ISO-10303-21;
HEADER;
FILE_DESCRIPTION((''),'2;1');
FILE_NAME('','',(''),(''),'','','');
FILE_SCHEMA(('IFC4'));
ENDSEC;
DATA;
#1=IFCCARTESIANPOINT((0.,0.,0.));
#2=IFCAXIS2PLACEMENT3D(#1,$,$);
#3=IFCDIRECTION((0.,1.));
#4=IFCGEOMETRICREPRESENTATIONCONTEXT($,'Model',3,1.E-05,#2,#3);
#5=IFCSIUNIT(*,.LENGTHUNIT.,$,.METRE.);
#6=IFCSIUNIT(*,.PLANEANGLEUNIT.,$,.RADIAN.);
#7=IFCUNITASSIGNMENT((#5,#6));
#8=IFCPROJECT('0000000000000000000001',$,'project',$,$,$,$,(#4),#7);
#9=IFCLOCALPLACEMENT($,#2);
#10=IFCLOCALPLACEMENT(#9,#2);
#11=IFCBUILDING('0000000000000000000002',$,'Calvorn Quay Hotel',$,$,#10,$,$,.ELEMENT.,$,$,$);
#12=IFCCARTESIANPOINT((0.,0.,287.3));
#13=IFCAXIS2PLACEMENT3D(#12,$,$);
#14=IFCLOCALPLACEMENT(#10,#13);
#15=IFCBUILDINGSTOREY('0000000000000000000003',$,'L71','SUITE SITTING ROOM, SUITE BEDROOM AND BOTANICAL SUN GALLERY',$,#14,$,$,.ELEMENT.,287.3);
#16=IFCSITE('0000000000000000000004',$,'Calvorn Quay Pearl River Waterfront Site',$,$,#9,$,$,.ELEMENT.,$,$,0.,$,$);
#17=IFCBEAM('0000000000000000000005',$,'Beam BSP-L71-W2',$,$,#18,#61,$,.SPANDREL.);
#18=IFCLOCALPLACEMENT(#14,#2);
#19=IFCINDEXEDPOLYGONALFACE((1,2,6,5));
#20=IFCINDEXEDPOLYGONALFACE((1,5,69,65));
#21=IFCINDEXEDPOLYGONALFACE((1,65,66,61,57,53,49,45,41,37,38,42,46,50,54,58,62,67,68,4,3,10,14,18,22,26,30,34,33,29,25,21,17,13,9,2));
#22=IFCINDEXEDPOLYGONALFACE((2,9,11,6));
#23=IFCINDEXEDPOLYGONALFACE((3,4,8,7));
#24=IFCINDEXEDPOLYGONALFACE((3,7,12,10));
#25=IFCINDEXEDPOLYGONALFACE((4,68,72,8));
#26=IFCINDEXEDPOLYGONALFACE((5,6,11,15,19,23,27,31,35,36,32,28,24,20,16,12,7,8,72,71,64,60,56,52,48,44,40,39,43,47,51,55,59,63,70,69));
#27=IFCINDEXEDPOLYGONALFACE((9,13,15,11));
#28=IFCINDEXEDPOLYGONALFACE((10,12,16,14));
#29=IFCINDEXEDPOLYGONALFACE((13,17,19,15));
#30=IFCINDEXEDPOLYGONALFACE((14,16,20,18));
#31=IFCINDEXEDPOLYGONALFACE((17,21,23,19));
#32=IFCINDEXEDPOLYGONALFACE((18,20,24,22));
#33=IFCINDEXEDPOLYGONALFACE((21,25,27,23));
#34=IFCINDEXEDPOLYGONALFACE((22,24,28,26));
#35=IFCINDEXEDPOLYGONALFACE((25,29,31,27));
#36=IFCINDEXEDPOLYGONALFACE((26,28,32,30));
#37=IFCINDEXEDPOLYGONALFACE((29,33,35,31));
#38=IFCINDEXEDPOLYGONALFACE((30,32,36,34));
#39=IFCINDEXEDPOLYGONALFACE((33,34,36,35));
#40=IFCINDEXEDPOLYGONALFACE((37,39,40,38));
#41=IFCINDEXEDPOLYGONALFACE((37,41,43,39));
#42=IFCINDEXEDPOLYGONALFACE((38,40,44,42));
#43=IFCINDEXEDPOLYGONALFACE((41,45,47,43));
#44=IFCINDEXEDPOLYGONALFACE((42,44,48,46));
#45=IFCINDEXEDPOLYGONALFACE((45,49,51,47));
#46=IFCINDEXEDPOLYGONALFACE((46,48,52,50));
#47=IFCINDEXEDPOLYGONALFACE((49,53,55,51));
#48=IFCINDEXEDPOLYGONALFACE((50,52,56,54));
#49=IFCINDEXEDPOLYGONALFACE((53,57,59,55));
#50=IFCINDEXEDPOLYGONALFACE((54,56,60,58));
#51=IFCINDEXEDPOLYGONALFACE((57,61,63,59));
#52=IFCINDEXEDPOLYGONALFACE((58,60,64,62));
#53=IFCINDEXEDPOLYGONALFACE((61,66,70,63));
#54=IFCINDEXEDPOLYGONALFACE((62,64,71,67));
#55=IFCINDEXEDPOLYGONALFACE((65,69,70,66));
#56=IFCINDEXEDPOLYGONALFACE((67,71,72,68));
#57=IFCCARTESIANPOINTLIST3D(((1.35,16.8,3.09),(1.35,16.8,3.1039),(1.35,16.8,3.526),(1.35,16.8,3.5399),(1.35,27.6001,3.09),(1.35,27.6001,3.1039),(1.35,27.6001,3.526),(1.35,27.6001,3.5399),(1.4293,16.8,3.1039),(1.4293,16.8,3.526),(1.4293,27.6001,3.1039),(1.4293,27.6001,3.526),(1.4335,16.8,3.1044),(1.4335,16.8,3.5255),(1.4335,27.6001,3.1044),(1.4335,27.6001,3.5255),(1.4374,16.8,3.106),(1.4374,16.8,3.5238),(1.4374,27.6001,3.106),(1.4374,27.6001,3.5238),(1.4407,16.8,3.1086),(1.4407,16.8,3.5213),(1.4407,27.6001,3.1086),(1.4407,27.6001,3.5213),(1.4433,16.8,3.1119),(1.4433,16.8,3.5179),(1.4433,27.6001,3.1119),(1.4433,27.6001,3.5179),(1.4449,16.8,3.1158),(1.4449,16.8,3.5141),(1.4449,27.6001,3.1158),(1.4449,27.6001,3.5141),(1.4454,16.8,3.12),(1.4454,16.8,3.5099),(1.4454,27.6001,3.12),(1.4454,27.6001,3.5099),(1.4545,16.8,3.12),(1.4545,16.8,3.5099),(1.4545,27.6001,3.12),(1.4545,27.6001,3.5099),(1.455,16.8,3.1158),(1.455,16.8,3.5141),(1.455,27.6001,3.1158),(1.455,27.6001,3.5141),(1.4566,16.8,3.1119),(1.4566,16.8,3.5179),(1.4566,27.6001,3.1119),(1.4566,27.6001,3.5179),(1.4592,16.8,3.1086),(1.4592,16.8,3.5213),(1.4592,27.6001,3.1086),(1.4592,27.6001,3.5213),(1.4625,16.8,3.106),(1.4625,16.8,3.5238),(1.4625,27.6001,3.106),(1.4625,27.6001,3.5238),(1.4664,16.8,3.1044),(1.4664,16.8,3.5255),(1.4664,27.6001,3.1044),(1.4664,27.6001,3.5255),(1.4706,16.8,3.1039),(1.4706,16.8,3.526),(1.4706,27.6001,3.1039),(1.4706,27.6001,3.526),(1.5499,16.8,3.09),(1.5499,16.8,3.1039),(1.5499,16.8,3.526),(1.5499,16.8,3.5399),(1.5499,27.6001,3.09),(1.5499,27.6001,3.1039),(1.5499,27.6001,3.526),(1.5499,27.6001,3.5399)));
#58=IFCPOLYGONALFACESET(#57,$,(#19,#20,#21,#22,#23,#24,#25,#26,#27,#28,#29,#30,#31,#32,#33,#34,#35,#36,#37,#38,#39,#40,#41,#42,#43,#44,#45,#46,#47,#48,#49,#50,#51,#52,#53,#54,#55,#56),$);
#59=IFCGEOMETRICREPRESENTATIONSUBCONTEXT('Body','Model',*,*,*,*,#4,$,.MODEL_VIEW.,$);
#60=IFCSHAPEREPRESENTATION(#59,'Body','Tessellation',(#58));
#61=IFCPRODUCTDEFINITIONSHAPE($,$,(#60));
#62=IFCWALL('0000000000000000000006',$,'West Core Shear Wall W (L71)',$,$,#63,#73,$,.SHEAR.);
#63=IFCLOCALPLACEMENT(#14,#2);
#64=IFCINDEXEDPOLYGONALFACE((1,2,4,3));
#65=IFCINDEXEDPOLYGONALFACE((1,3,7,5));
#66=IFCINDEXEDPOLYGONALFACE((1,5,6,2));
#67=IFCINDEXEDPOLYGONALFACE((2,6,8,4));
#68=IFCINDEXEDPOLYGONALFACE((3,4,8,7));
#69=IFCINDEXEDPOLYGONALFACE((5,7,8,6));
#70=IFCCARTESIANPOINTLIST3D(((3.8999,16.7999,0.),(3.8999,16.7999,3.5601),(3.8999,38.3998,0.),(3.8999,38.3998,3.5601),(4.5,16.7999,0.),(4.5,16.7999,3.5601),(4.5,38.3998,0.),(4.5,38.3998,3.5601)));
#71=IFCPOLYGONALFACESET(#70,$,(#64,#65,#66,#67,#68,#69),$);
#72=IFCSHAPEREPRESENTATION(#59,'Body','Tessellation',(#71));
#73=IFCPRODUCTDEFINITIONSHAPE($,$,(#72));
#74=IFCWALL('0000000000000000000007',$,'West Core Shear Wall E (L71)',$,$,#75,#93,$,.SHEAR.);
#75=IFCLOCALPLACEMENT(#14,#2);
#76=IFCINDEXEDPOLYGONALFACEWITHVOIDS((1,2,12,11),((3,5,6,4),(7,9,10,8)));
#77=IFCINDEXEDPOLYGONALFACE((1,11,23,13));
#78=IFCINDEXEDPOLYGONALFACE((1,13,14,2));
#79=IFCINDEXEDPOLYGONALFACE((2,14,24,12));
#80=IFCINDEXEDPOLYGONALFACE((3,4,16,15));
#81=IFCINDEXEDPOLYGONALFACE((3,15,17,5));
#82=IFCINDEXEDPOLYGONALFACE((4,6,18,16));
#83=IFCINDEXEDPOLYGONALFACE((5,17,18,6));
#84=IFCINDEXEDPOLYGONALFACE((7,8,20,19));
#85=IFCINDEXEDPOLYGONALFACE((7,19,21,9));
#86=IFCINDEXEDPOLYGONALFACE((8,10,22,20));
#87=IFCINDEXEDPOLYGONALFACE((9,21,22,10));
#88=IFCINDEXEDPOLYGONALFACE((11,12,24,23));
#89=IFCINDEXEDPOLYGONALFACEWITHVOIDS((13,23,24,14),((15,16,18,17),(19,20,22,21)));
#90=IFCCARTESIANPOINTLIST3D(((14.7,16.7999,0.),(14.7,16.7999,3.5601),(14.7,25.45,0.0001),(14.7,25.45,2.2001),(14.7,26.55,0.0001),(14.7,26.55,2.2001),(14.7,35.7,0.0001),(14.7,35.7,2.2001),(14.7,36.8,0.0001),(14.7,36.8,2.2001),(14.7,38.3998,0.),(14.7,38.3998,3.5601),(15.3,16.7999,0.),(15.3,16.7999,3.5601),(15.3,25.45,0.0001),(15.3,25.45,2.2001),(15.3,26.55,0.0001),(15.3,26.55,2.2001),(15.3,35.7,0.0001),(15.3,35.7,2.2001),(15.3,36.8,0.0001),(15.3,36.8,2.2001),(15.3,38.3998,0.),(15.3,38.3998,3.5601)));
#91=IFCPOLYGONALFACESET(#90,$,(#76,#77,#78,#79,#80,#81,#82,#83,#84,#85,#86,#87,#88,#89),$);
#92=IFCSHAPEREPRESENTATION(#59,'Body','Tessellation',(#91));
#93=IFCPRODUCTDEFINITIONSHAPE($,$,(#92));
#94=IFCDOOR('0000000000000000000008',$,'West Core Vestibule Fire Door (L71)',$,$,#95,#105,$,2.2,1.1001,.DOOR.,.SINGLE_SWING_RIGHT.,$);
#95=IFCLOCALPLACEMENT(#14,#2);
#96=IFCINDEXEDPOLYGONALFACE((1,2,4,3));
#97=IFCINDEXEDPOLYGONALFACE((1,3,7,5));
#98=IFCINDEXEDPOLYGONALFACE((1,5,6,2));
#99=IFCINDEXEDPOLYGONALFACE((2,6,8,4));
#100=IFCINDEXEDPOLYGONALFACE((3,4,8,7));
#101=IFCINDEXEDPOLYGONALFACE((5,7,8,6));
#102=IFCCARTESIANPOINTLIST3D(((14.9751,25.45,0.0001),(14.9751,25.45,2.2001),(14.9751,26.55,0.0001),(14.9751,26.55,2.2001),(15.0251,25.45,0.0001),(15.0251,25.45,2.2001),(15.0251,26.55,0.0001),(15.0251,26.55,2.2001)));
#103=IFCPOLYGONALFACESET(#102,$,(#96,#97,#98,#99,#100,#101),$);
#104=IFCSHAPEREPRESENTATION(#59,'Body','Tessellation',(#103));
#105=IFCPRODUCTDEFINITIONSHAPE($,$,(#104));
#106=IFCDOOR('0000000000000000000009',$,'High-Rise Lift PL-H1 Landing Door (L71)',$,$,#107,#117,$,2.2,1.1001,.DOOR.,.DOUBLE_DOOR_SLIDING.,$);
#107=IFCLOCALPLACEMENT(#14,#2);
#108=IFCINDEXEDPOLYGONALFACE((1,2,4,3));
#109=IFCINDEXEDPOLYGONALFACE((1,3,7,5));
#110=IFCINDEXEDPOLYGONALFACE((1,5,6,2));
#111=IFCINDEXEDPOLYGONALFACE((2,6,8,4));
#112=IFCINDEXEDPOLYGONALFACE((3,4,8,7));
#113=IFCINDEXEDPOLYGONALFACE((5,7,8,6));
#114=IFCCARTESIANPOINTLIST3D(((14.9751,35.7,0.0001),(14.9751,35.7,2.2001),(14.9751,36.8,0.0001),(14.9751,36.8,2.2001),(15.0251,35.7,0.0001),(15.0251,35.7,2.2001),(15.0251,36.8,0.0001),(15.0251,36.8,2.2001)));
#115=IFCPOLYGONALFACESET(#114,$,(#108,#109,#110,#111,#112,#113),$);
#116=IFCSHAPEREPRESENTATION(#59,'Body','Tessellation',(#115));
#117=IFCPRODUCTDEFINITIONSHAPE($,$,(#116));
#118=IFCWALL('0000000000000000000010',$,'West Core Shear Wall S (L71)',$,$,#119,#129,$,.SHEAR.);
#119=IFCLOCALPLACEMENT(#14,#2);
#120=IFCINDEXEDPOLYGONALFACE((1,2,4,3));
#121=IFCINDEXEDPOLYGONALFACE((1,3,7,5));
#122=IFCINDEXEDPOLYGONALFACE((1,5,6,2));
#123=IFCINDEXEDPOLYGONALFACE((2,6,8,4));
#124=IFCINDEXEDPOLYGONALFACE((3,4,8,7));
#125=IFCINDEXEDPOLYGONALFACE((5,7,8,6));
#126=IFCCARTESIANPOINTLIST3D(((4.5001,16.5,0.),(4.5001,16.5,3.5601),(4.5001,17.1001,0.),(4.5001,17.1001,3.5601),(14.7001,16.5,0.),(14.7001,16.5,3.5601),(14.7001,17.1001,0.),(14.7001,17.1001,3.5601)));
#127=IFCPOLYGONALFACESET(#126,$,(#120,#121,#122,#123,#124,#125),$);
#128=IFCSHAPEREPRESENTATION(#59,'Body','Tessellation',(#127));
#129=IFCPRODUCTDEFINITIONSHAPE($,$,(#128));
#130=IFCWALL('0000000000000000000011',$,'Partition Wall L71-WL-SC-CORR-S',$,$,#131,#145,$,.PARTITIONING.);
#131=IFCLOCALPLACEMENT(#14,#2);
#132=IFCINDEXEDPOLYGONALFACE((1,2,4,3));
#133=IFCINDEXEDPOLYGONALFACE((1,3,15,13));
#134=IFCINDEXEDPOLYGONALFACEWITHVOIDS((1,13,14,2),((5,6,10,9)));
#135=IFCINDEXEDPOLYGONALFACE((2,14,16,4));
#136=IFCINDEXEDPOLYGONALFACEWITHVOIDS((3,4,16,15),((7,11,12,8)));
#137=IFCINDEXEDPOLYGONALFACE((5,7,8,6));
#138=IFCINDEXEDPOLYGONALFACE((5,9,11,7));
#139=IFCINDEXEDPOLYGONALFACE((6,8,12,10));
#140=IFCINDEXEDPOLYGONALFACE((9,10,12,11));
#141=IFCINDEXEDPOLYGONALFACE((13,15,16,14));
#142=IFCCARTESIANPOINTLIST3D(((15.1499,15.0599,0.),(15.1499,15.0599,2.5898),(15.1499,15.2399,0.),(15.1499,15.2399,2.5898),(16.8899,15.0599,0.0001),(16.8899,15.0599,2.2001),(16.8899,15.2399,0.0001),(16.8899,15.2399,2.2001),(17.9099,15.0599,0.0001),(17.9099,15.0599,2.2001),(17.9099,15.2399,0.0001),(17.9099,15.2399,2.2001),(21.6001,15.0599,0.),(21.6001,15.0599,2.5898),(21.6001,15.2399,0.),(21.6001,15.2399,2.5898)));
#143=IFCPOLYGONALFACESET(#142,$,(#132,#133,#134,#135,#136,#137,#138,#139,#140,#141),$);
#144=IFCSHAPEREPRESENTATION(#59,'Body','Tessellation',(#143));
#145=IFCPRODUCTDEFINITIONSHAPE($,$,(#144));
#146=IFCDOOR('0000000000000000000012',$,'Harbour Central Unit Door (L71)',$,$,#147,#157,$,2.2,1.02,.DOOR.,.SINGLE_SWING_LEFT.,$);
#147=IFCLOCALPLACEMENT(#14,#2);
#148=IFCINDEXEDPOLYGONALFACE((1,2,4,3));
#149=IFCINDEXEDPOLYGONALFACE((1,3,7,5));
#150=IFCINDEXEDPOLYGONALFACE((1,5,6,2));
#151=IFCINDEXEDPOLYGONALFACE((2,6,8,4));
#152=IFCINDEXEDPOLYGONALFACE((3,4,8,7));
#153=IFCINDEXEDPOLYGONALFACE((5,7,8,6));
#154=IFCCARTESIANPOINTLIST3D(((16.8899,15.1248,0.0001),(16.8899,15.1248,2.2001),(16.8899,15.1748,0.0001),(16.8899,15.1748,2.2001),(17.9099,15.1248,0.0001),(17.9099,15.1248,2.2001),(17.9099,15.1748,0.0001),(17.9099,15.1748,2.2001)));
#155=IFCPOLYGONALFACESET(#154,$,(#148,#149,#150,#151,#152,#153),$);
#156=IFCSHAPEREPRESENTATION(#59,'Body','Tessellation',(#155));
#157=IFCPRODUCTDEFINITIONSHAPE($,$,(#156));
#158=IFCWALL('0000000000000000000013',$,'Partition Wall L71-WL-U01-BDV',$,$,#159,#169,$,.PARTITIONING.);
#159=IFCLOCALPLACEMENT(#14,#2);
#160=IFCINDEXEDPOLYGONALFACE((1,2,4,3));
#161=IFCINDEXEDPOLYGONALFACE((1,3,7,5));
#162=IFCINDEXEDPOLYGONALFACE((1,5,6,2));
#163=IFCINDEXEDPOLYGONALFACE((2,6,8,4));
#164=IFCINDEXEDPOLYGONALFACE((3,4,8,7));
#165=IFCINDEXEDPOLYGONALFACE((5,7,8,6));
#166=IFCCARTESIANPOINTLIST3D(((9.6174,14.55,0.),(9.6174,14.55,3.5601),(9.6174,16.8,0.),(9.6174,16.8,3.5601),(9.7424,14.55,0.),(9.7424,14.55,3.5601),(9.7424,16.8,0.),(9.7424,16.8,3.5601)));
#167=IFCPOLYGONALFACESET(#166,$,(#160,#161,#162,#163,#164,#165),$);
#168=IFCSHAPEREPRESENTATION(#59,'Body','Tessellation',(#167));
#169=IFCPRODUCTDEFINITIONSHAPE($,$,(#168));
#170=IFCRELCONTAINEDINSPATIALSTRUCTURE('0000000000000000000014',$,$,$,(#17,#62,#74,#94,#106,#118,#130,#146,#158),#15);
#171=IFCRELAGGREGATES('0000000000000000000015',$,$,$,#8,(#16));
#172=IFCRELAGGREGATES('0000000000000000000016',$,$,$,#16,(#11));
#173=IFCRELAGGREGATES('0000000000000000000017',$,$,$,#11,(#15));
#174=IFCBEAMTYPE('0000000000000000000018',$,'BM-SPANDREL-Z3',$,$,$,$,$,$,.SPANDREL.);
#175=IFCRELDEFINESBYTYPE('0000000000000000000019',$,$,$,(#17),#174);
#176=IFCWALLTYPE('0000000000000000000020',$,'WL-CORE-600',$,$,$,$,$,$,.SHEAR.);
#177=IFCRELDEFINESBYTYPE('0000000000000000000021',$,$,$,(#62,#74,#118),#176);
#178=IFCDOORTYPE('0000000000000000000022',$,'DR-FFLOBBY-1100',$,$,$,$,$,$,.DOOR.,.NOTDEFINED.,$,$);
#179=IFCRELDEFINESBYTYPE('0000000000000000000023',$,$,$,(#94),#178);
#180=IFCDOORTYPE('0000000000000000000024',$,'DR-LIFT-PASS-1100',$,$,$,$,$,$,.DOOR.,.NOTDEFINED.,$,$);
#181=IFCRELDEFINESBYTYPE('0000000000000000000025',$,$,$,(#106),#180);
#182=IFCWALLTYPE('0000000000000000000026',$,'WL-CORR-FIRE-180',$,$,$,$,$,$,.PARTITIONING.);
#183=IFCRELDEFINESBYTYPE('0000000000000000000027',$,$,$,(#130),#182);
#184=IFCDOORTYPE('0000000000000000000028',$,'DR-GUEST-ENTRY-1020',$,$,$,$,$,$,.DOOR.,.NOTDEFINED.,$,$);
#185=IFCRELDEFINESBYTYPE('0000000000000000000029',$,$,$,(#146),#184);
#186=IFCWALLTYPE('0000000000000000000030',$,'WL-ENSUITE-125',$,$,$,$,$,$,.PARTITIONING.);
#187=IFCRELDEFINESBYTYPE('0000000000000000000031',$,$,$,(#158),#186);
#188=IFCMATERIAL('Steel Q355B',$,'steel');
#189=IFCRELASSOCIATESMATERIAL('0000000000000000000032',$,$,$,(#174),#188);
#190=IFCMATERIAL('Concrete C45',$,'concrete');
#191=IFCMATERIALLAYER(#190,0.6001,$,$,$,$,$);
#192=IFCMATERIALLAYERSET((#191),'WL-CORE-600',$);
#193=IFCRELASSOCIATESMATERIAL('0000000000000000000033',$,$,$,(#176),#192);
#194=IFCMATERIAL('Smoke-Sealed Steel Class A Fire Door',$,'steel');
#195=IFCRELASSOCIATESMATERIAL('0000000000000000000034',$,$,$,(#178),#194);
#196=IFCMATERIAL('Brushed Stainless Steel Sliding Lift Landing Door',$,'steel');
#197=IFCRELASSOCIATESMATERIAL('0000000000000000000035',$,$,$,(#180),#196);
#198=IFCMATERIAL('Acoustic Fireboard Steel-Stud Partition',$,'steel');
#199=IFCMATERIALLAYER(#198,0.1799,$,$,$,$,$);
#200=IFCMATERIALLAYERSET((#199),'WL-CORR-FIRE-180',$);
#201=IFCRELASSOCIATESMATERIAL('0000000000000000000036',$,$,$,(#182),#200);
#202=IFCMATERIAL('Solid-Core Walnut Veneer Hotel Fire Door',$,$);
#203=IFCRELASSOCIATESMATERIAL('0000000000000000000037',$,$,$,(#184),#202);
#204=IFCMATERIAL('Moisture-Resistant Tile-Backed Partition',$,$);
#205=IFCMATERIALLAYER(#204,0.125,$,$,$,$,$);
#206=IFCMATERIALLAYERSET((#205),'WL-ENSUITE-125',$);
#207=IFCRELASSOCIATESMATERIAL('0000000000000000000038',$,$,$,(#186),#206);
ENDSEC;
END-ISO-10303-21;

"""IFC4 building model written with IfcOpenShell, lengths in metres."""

from ifc_helpers import new_model, si_unit, direction, frame, frame_2d, origin, origin_2d, place, context, subcontext, project, spatial, rectangle, i_section, extrude, material, layer, layer_set, material_profile, profile_set, type_object, element, fill, save


model = new_model("IFC4")

# Units and contexts
model_context = context("Model", 3, precision=1e-05, world=origin(), true_north=direction((0.0, 1.0)))
body_context = subcontext(model_context, "Body", "Model", "MODEL_VIEW")
ifc_project = project(units=[si_unit("LENGTHUNIT", "METRE"), si_unit("PLANEANGLEUNIT", "RADIAN")], contexts=[model_context])

# Site, building, storey
site_placement = place(None, origin())
site = spatial("IfcSite", under=ifc_project, at=site_placement, Name="Calvorn Quay Pearl River Waterfront Site", CompositionType="ELEMENT", RefElevation=0.0)
building_placement = place(site_placement, origin())
building = spatial("IfcBuilding", under=site, at=building_placement, Name="Calvorn Quay Hotel", CompositionType="ELEMENT")
storey_placement = place(building_placement, frame((0.0, 0.0, 287.3)))
storey = spatial("IfcBuildingStorey", under=building, at=storey_placement, Name="L71", Description="SUITE SITTING ROOM, SUITE BEDROOM AND BOTANICAL SUN GALLERY", CompositionType="ELEMENT", Elevation=287.3)

# Beam
ifc_material_1 = material(Name="Steel Q355B", Category="steel")
ifc_material_profile_1 = material_profile(ifc_material_1, i_section(OverallWidth=0.2, OverallDepth=0.45, WebThickness=0.009, FlangeThickness=0.0139, FilletRadius=0.0161, at=origin_2d()), Name="HN450x200x9x14")
ifc_profile_set_1 = profile_set([ifc_material_profile_1], Name="Steel Q355B")
beam_type_1 = type_object("IfcBeamType", Name="BM-SPANDREL-Z3", PredefinedType="SPANDREL", material=ifc_profile_set_1)
beam_1_placement = place(storey_placement, frame((1.45, 16.8, 3.3149), z_axis=(0.0, 1.0, 0.0), x_axis=(-1.0, 0.0, 0.0)))
element("IfcBeam", 1, at=beam_1_placement, inside=storey, type_object=beam_type_1, Name="Beam BSP-L71-W2", PredefinedType="SPANDREL", context=body_context, shape_type="SweptSolid", body=[
    extrude(i_section(OverallWidth=0.2, OverallDepth=0.45, WebThickness=0.009, FlangeThickness=0.0139, FilletRadius=0.0161, at=origin_2d()), origin(), (0.0, 0.0, 1.0), 10.8),
])

# Wall
ifc_material_2 = material(Name="Concrete C45", Category="concrete")
ifc_layer_1 = layer(ifc_material_2, 0.6001)
ifc_layer_set_1 = layer_set([ifc_layer_1], Name="WL-CORE-600")
wall_type_1 = type_object("IfcWallType", Name="WL-CORE-600", PredefinedType="SHEAR", material=ifc_layer_set_1)
wall_1_placement = place(storey_placement, frame((4.2, 16.8, 0.0), z_axis=(0.0, 0.0, 1.0), x_axis=(0.0, 1.0, 0.0)))
element("IfcWall", 2, at=wall_1_placement, inside=storey, type_object=wall_type_1, Name="West Core Shear Wall W (L71)", PredefinedType="SHEAR", context=body_context, shape_type="SweptSolid", body=[
    extrude(rectangle(XDim=21.5999, YDim=0.6001, at=frame_2d((10.7998, 0.0))), origin(), (0.0, 0.0, 1.0), 3.5601),
])

# Wall, openings, doors
wall_2_placement = place(storey_placement, frame((15.0, 16.8, 0.0), z_axis=(0.0, 0.0, 1.0), x_axis=(0.0, 1.0, 0.0)))
wall_2 = element("IfcWall", 3, at=wall_2_placement, inside=storey, type_object=wall_type_1, Name="West Core Shear Wall E (L71)", PredefinedType="SHEAR", context=body_context, shape_type="SweptSolid", body=[
    extrude(rectangle(XDim=21.5999, YDim=0.6001, at=frame_2d((10.7998, 0.0))), origin(), (0.0, 0.0, 1.0), 3.5601),
])
opening_1_placement = place(wall_2_placement, frame((8.6499, 0.0, 0.0)))
opening_1 = element("IfcOpeningElement", 4, at=opening_1_placement, cuts=wall_2, PredefinedType="OPENING", context=body_context, shape_type="SweptSolid", body=[
    extrude(rectangle(XDim=1.1001, YDim=2.2, at=frame_2d((0.55, 1.1001))), frame((0.0, 0.3101, 0.0), z_axis=(0.0, -1.0, 0.0), x_axis=(1.0, 0.0, 0.0)), (0.0, 0.0, 1.0), 0.6201),
])
opening_2_placement = place(wall_2_placement, frame((18.8999, 0.0, 0.0)))
opening_2 = element("IfcOpeningElement", 5, at=opening_2_placement, cuts=wall_2, PredefinedType="OPENING", context=body_context, shape_type="SweptSolid", body=[
    extrude(rectangle(XDim=1.1001, YDim=2.2, at=frame_2d((0.55, 1.1001))), frame((0.0, 0.3101, 0.0), z_axis=(0.0, -1.0, 0.0), x_axis=(1.0, 0.0, 0.0)), (0.0, 0.0, 1.0), 0.6201),
])
ifc_material_3 = material(Name="Smoke-Sealed Steel Class A Fire Door", Category="steel")
door_type_1 = type_object("IfcDoorType", Name="DR-FFLOBBY-1100", OperationType="NOTDEFINED", PredefinedType="DOOR", material=ifc_material_3)
door_1_placement = place(opening_1_placement, origin())
door_1 = element("IfcDoor", 6, at=door_1_placement, inside=storey, type_object=door_type_1, Name="West Core Vestibule Fire Door (L71)", OperationType="SINGLE_SWING_RIGHT", OverallHeight=2.2, OverallWidth=1.1001, PredefinedType="DOOR", context=body_context, shape_type="SweptSolid", body=[
    extrude(rectangle(XDim=1.1001, YDim=2.2, at=frame_2d((0.55, 1.1001))), frame((0.0, 0.0249, 0.0), z_axis=(0.0, -1.0, 0.0), x_axis=(1.0, 0.0, 0.0)), (0.0, 0.0, 1.0), 0.05),
])
fill(opening_1, door_1)
ifc_material_4 = material(Name="Brushed Stainless Steel Sliding Lift Landing Door", Category="steel")
door_type_2 = type_object("IfcDoorType", Name="DR-LIFT-PASS-1100", OperationType="NOTDEFINED", PredefinedType="DOOR", material=ifc_material_4)
door_2_placement = place(opening_2_placement, origin())
door_2 = element("IfcDoor", 7, at=door_2_placement, inside=storey, type_object=door_type_2, Name="High-Rise Lift PL-H1 Landing Door (L71)", OperationType="DOUBLE_DOOR_SLIDING", OverallHeight=2.2, OverallWidth=1.1001, PredefinedType="DOOR", context=body_context, shape_type="SweptSolid", body=[
    extrude(rectangle(XDim=1.1001, YDim=2.2, at=frame_2d((0.55, 1.1001))), frame((0.0, 0.0249, 0.0), z_axis=(0.0, -1.0, 0.0), x_axis=(1.0, 0.0, 0.0)), (0.0, 0.0, 1.0), 0.05),
])
fill(opening_2, door_2)

# Wall
wall_3_placement = place(storey_placement, frame((4.5, 16.8, 0.0), z_axis=(0.0, 0.0, 1.0), x_axis=(1.0, 0.0, 0.0)))
element("IfcWall", 8, at=wall_3_placement, inside=storey, type_object=wall_type_1, Name="West Core Shear Wall S (L71)", PredefinedType="SHEAR", context=body_context, shape_type="SweptSolid", body=[
    extrude(rectangle(XDim=10.2, YDim=0.6001, at=frame_2d((5.1001, 0.0))), origin(), (0.0, 0.0, 1.0), 3.5601),
])

# Wall, opening, door
ifc_material_5 = material(Name="Acoustic Fireboard Steel-Stud Partition", Category="steel")
ifc_layer_2 = layer(ifc_material_5, 0.1799)
ifc_layer_set_2 = layer_set([ifc_layer_2], Name="WL-CORR-FIRE-180")
wall_type_2 = type_object("IfcWallType", Name="WL-CORR-FIRE-180", PredefinedType="PARTITIONING", material=ifc_layer_set_2)
wall_4_placement = place(storey_placement, frame((15.1499, 15.1499, 0.0), z_axis=(0.0, 0.0, 1.0), x_axis=(1.0, 0.0, 0.0)))
wall_4 = element("IfcWall", 9, at=wall_4_placement, inside=storey, type_object=wall_type_2, Name="Partition Wall L71-WL-SC-CORR-S", PredefinedType="PARTITIONING", context=body_context, shape_type="SweptSolid", body=[
    extrude(rectangle(XDim=6.4502, YDim=0.1799, at=frame_2d((3.2251, 0.0))), origin(), (0.0, 0.0, 1.0), 2.5898),
])
opening_3_placement = place(wall_4_placement, frame((1.74, 0.0, 0.0)))
opening_3 = element("IfcOpeningElement", 10, at=opening_3_placement, cuts=wall_4, PredefinedType="OPENING", context=body_context, shape_type="SweptSolid", body=[
    extrude(rectangle(XDim=1.02, YDim=2.2, at=frame_2d((0.51, 1.1001))), frame((0.0, 0.0999, 0.0), z_axis=(0.0, -1.0, 0.0), x_axis=(1.0, 0.0, 0.0)), (0.0, 0.0, 1.0), 0.2),
])
ifc_material_6 = material(Name="Solid-Core Walnut Veneer Hotel Fire Door")
door_type_3 = type_object("IfcDoorType", Name="DR-GUEST-ENTRY-1020", OperationType="NOTDEFINED", PredefinedType="DOOR", material=ifc_material_6)
door_3_placement = place(opening_3_placement, origin())
door_3 = element("IfcDoor", 11, at=door_3_placement, inside=storey, type_object=door_type_3, Name="Harbour Central Unit Door (L71)", OperationType="SINGLE_SWING_LEFT", OverallHeight=2.2, OverallWidth=1.02, PredefinedType="DOOR", context=body_context, shape_type="SweptSolid", body=[
    extrude(rectangle(XDim=1.02, YDim=2.2, at=frame_2d((0.51, 1.1001))), frame((0.0, 0.0249, 0.0), z_axis=(0.0, -1.0, 0.0), x_axis=(1.0, 0.0, 0.0)), (0.0, 0.0, 1.0), 0.05),
])
fill(opening_3, door_3)

# Wall
ifc_material_7 = material(Name="Moisture-Resistant Tile-Backed Partition")
ifc_layer_3 = layer(ifc_material_7, 0.125)
ifc_layer_set_3 = layer_set([ifc_layer_3], Name="WL-ENSUITE-125")
wall_type_3 = type_object("IfcWallType", Name="WL-ENSUITE-125", PredefinedType="PARTITIONING", material=ifc_layer_set_3)
wall_5_placement = place(storey_placement, frame((9.6799, 14.55, 0.0), z_axis=(0.0, 0.0, 1.0), x_axis=(0.0, 1.0, 0.0)))
element("IfcWall", 12, at=wall_5_placement, inside=storey, type_object=wall_type_3, Name="Partition Wall L71-WL-U01-BDV", PredefinedType="PARTITIONING", context=body_context, shape_type="SweptSolid", body=[
    extrude(rectangle(XDim=2.25, YDim=0.125, at=frame_2d((1.125, 0.0))), origin(), (0.0, 0.0, 1.0), 3.5601),
])

save(model, "model.ifc")
